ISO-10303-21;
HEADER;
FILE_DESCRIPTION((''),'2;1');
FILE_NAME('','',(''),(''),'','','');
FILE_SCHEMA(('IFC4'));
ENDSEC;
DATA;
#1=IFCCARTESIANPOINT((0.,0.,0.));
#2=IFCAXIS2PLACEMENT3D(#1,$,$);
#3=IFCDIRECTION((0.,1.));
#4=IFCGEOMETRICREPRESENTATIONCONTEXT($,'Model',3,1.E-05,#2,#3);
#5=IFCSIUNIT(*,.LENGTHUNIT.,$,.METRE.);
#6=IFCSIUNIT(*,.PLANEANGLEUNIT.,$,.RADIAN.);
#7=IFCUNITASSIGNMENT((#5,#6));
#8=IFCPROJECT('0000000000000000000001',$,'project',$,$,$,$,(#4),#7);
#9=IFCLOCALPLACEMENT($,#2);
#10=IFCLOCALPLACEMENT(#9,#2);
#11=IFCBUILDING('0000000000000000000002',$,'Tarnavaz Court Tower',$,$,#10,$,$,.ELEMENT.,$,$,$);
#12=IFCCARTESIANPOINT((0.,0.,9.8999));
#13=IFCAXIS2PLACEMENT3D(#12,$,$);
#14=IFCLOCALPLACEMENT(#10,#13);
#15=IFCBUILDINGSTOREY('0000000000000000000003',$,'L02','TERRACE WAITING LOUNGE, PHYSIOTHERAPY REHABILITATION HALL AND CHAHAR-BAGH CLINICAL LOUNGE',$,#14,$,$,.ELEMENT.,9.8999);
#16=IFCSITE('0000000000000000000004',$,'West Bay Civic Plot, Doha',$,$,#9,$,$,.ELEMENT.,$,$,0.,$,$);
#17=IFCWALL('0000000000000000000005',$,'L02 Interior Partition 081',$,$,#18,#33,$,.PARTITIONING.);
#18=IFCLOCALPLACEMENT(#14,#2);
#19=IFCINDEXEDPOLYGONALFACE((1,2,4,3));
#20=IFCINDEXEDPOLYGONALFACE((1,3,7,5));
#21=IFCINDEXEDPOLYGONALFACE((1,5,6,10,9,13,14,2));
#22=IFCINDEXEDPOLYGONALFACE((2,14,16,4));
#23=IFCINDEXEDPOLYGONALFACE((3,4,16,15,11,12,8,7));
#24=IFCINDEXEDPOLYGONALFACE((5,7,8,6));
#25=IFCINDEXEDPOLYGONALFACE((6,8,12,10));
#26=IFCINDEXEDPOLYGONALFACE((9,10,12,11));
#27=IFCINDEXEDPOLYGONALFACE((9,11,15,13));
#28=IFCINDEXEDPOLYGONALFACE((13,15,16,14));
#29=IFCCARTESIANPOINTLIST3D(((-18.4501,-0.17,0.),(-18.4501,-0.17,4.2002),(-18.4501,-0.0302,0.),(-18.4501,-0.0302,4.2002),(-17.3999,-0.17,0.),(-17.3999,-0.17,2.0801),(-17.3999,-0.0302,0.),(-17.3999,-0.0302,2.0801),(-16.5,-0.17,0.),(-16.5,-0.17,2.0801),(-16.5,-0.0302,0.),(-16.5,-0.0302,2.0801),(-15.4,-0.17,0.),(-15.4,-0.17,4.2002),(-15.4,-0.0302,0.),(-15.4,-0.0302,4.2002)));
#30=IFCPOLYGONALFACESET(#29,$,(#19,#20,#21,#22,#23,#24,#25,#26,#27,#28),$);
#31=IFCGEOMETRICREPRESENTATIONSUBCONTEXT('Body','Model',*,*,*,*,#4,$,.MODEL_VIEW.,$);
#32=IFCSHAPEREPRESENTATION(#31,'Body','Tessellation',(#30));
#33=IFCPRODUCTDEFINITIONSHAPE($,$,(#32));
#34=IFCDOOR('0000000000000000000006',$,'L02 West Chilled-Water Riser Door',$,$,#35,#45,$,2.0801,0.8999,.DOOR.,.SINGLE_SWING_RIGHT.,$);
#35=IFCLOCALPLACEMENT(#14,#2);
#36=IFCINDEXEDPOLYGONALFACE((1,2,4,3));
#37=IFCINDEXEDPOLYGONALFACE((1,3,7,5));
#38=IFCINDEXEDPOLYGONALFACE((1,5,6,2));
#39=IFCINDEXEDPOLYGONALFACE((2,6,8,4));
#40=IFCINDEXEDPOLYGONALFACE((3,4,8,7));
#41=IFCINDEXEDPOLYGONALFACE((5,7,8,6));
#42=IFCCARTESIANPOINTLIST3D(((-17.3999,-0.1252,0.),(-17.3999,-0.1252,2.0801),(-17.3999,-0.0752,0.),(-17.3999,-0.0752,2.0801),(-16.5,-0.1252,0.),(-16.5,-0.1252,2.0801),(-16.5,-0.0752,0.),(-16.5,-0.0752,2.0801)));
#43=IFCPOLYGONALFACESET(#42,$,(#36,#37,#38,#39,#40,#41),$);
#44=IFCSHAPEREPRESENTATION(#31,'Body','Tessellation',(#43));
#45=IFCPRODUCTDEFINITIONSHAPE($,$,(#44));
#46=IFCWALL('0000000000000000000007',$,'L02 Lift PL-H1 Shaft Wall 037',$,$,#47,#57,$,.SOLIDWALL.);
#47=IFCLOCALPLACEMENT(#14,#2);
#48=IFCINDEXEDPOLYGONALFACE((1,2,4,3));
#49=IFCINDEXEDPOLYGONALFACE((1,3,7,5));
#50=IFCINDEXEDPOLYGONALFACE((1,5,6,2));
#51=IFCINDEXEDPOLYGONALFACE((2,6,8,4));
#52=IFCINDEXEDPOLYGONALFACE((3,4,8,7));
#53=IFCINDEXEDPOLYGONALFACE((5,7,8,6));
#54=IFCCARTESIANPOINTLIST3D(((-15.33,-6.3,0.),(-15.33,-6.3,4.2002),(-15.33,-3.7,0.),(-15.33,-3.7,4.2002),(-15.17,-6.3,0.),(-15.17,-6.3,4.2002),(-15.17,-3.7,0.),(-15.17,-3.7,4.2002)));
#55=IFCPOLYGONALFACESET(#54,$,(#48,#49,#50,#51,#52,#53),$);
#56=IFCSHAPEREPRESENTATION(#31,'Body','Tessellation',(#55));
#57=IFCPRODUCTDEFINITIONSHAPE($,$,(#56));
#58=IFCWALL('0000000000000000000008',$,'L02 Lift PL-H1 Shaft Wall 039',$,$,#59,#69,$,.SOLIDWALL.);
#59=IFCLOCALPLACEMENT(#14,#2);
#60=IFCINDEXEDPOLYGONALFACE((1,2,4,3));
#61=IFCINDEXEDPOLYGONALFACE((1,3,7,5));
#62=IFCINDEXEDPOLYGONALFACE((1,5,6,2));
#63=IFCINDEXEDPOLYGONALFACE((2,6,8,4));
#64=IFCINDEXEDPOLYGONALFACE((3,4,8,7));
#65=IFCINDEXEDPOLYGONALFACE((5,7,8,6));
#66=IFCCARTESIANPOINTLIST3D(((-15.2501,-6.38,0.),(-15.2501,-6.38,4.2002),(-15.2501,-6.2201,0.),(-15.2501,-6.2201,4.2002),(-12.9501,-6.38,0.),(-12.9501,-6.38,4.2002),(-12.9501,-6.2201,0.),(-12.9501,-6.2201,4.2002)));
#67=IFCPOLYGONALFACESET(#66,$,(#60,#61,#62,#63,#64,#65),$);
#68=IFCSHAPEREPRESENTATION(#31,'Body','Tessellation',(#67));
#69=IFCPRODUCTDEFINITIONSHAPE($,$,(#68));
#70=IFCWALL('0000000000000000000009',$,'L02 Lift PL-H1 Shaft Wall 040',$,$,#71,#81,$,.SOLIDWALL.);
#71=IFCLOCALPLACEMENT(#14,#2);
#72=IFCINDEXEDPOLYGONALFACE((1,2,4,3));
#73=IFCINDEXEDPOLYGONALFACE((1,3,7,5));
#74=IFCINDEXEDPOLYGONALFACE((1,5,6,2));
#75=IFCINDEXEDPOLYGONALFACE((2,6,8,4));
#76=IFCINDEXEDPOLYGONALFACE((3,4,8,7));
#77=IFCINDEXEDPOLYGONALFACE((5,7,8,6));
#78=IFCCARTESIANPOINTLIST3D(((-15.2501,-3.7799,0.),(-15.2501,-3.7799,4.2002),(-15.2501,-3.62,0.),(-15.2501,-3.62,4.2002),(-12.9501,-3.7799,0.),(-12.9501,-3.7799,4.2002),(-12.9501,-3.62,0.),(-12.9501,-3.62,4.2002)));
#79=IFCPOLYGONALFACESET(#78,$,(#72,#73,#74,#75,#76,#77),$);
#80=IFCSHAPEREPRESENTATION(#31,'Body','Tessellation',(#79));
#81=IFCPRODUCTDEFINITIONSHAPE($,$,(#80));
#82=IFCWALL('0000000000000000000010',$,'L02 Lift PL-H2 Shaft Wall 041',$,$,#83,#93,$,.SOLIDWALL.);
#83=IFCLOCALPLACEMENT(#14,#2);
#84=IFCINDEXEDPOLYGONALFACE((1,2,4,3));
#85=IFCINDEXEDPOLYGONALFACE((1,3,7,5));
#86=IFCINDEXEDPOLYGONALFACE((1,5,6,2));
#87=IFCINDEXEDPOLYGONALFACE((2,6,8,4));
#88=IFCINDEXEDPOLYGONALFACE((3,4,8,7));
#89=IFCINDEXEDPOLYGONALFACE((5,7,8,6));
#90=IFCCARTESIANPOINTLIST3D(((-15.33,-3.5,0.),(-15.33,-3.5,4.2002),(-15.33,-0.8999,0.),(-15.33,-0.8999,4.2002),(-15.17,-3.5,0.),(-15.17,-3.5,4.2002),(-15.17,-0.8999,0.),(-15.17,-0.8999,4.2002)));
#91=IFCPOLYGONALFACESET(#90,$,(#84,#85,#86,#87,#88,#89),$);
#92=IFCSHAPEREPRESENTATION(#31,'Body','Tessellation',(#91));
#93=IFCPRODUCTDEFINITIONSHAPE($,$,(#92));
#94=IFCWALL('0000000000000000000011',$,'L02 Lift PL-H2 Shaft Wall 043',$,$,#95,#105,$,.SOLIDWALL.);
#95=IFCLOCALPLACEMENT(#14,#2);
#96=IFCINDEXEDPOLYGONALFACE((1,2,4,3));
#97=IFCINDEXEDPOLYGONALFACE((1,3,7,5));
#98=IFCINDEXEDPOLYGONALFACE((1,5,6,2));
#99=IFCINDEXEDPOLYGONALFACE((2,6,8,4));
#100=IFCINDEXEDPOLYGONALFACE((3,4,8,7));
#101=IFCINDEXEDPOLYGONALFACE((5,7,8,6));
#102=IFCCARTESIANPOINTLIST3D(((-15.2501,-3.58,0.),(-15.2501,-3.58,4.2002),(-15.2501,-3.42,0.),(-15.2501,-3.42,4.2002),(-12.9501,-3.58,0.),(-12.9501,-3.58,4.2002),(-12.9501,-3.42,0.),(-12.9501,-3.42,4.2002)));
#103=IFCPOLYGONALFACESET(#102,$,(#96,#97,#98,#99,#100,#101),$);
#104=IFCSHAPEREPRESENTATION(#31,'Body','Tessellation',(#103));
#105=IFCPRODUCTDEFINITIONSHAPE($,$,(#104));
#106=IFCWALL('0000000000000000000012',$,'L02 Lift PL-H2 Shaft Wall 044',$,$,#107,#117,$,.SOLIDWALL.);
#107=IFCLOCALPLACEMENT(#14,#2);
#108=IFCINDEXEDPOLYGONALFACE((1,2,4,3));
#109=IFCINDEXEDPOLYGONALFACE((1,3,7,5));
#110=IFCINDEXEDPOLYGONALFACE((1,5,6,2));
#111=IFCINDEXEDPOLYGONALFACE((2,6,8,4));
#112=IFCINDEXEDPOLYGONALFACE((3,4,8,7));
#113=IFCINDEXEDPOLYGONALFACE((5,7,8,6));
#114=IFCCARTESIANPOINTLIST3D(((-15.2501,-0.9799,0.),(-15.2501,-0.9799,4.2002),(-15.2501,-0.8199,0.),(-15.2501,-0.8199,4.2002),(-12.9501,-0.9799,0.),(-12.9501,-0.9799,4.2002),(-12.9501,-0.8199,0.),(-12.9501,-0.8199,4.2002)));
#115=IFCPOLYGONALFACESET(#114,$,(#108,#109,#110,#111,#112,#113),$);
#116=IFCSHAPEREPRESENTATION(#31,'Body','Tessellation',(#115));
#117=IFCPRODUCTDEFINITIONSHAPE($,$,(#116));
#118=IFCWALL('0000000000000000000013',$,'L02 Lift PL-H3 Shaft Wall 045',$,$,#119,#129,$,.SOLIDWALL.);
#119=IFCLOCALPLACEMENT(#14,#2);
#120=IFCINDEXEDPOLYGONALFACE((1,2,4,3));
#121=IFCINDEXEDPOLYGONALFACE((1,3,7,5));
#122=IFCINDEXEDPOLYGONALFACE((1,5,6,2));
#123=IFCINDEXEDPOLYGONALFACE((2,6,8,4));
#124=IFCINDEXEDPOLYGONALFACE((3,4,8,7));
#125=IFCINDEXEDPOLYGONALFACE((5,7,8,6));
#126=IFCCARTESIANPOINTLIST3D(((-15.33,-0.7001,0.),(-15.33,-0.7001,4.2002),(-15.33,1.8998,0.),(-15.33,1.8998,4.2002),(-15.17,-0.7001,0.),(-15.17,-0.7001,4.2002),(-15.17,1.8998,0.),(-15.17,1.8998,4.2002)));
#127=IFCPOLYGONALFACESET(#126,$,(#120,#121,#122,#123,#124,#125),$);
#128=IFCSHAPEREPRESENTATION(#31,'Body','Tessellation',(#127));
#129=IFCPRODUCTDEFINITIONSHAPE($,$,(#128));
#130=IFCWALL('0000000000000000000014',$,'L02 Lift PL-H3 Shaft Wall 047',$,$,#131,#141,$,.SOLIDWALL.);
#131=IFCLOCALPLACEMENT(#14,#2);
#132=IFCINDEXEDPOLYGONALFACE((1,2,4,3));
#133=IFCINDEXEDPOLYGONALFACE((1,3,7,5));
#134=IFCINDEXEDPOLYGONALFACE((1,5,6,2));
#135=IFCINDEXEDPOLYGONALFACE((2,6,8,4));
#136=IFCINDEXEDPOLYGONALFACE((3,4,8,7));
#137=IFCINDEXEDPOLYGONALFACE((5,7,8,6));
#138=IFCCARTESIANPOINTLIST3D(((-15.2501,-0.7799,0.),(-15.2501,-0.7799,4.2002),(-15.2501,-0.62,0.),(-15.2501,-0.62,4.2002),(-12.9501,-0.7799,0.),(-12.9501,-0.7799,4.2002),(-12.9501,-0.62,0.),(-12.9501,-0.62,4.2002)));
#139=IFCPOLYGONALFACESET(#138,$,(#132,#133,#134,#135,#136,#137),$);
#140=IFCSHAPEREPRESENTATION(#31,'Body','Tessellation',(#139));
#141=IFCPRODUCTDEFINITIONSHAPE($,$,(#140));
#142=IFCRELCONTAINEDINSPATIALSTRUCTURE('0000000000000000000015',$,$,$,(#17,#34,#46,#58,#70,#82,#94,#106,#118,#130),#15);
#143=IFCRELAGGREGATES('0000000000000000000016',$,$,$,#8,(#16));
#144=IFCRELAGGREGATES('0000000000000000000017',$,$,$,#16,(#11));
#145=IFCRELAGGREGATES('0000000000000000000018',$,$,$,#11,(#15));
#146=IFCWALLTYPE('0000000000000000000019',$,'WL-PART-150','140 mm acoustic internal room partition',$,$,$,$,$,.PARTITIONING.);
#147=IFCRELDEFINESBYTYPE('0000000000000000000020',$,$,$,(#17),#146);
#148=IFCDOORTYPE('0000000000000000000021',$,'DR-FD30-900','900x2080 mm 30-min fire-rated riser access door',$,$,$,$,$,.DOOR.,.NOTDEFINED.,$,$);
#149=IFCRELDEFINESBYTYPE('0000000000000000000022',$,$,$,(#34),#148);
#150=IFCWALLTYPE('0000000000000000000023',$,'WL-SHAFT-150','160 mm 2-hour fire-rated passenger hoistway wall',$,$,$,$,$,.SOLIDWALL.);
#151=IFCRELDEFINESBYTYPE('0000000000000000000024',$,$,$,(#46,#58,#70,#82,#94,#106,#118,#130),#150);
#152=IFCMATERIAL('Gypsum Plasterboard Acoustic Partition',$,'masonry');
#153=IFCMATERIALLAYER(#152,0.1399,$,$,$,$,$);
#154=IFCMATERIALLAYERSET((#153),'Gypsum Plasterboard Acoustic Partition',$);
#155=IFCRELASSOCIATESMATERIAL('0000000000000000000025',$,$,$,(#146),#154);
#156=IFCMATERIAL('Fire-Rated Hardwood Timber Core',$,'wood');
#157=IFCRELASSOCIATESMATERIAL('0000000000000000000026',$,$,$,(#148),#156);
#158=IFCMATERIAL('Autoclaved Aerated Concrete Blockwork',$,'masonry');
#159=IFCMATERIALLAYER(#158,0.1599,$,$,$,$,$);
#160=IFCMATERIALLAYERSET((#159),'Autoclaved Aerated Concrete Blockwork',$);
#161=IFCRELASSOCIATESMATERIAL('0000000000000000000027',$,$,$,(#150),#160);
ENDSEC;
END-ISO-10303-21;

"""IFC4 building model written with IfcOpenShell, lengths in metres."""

from ifc_helpers import new_model, si_unit, direction, frame, frame_2d, origin, place, context, subcontext, project, spatial, rectangle, extrude, material, layer, layer_set, type_object, element, fill, save


model = new_model("IFC4")

# Units and contexts
model_context = context("Model", 3, precision=1e-05, world=origin(), true_north=direction((0.0, 1.0)))
body_context = subcontext(model_context, "Body", "Model", "MODEL_VIEW")
ifc_project = project(units=[si_unit("LENGTHUNIT", "METRE"), si_unit("PLANEANGLEUNIT", "RADIAN")], contexts=[model_context])

# Site, building, storey
site_placement = place(None, origin())
site = spatial("IfcSite", under=ifc_project, at=site_placement, Name="West Bay Civic Plot, Doha", CompositionType="ELEMENT", RefElevation=0.0)
building_placement = place(site_placement, origin())
building = spatial("IfcBuilding", under=site, at=building_placement, Name="Tarnavaz Court Tower", CompositionType="ELEMENT")
storey_placement = place(building_placement, frame((0.0, 0.0, 9.8999)))
storey = spatial("IfcBuildingStorey", under=building, at=storey_placement, Name="L02", Description="TERRACE WAITING LOUNGE, PHYSIOTHERAPY REHABILITATION HALL AND CHAHAR-BAGH CLINICAL LOUNGE", CompositionType="ELEMENT", Elevation=9.8999)

# Shared definitions
ifc_material_1 = material(Name="Autoclaved Aerated Concrete Blockwork", Category="masonry")

# Wall, opening, door
ifc_material_2 = material(Name="Gypsum Plasterboard Acoustic Partition", Category="masonry")
ifc_layer_1 = layer(ifc_material_2, 0.1399)
ifc_layer_set_1 = layer_set([ifc_layer_1], Name="Gypsum Plasterboard Acoustic Partition")
wall_type_1 = type_object("IfcWallType", Name="WL-PART-150", Description="140 mm acoustic internal room partition", PredefinedType="PARTITIONING", material=ifc_layer_set_1)
ifc_material_3 = material(Name="Fire-Rated Hardwood Timber Core", Category="wood")
door_type_1 = type_object("IfcDoorType", Name="DR-FD30-900", Description="900x2080 mm 30-min fire-rated riser access door", OperationType="NOTDEFINED", PredefinedType="DOOR", material=ifc_material_3)
wall_1_placement = place(storey_placement, frame((-18.45, -0.1001, 0.0), z_axis=(0.0, 0.0, 1.0), x_axis=(1.0, 0.0, 0.0)))
wall_1 = element("IfcWall", 1, at=wall_1_placement, inside=storey, type_object=wall_type_1, Name="L02 Interior Partition 081", PredefinedType="PARTITIONING", context=body_context, shape_type="SweptSolid", body=[
    extrude(rectangle(XDim=3.05, YDim=0.1399, at=frame_2d((1.5249, 0.0))), origin(), (0.0, 0.0, 1.0), 4.2002),
])
opening_1_placement = place(wall_1_placement, frame((1.05, 0.0, 0.0)))
opening_1 = element("IfcOpeningElement", 2, at=opening_1_placement, cuts=wall_1, PredefinedType="OPENING", context=body_context, shape_type="SweptSolid", body=[
    extrude(rectangle(XDim=0.8999, YDim=2.0801, at=frame_2d((0.45, 1.04))), frame((0.0, 0.0798, 0.0), z_axis=(0.0, -1.0, 0.0), x_axis=(1.0, 0.0, 0.0)), (0.0, 0.0, 1.0), 0.1599),
])
door_1_placement = place(opening_1_placement, origin())
door_1 = element("IfcDoor", 3, at=door_1_placement, inside=storey, type_object=door_type_1, Name="L02 West Chilled-Water Riser Door", OperationType="SINGLE_SWING_RIGHT", OverallHeight=2.0801, OverallWidth=0.8999, PredefinedType="DOOR", context=body_context, shape_type="SweptSolid", body=[
    extrude(rectangle(XDim=0.8999, YDim=2.0801, at=frame_2d((0.45, 1.04))), frame((0.0, 0.0249, 0.0), z_axis=(0.0, -1.0, 0.0), x_axis=(1.0, 0.0, 0.0)), (0.0, 0.0, 1.0), 0.05),
])
fill(opening_1, door_1)

# Walls
ifc_layer_2 = layer(ifc_material_1, 0.1599)
ifc_layer_set_2 = layer_set([ifc_layer_2], Name="Autoclaved Aerated Concrete Blockwork")
wall_type_2 = type_object("IfcWallType", Name="WL-SHAFT-150", Description="160 mm 2-hour fire-rated passenger hoistway wall", PredefinedType="SOLIDWALL", material=ifc_layer_set_2)
wall_2_placement = place(storey_placement, frame((-15.25, -6.3, 0.0), z_axis=(0.0, 0.0, 1.0), x_axis=(0.0, 1.0, 0.0)))
element("IfcWall", 4, at=wall_2_placement, inside=storey, type_object=wall_type_2, Name="L02 Lift PL-H1 Shaft Wall 037", PredefinedType="SOLIDWALL", context=body_context, shape_type="SweptSolid", body=[
    extrude(rectangle(XDim=2.6001, YDim=0.1599, at=frame_2d((1.3, 0.0))), origin(), (0.0, 0.0, 1.0), 4.2002),
])
for number, where, z_axis, x_axis, name in (
    (5, (-15.25, -6.3, 0.0), (0.0, 0.0, 1.0), (1.0, 0.0, 0.0), "L02 Lift PL-H1 Shaft Wall 039"),
    (6, (-15.25, -3.7, 0.0), (0.0, 0.0, 1.0), (1.0, 0.0, 0.0), "L02 Lift PL-H1 Shaft Wall 040"),
):
    element("IfcWall", number, at=place(storey_placement, frame(where, z_axis=z_axis, x_axis=x_axis)), inside=storey, type_object=wall_type_2, Name=name, PredefinedType="SOLIDWALL", context=body_context, shape_type="SweptSolid", body=[
        extrude(rectangle(XDim=2.3, YDim=0.1599, at=frame_2d((1.1499, 0.0))), origin(), (0.0, 0.0, 1.0), 4.2002),
    ])
wall_3_placement = place(storey_placement, frame((-15.25, -3.5, 0.0), z_axis=(0.0, 0.0, 1.0), x_axis=(0.0, 1.0, 0.0)))
element("IfcWall", 7, at=wall_3_placement, inside=storey, type_object=wall_type_2, Name="L02 Lift PL-H2 Shaft Wall 041", PredefinedType="SOLIDWALL", context=body_context, shape_type="SweptSolid", body=[
    extrude(rectangle(XDim=2.6001, YDim=0.1599, at=frame_2d((1.3, 0.0))), origin(), (0.0, 0.0, 1.0), 4.2002),
])
for number, where, z_axis, x_axis, name in (
    (8, (-15.25, -3.5, 0.0), (0.0, 0.0, 1.0), (1.0, 0.0, 0.0), "L02 Lift PL-H2 Shaft Wall 043"),
    (9, (-15.25, -0.8999, 0.0), (0.0, 0.0, 1.0), (1.0, 0.0, 0.0), "L02 Lift PL-H2 Shaft Wall 044"),
):
    element("IfcWall", number, at=place(storey_placement, frame(where, z_axis=z_axis, x_axis=x_axis)), inside=storey, type_object=wall_type_2, Name=name, PredefinedType="SOLIDWALL", context=body_context, shape_type="SweptSolid", body=[
        extrude(rectangle(XDim=2.3, YDim=0.1599, at=frame_2d((1.1499, 0.0))), origin(), (0.0, 0.0, 1.0), 4.2002),
    ])
wall_4_placement = place(storey_placement, frame((-15.25, -0.7, 0.0), z_axis=(0.0, 0.0, 1.0), x_axis=(0.0, 1.0, 0.0)))
element("IfcWall", 10, at=wall_4_placement, inside=storey, type_object=wall_type_2, Name="L02 Lift PL-H3 Shaft Wall 045", PredefinedType="SOLIDWALL", context=body_context, shape_type="SweptSolid", body=[
    extrude(rectangle(XDim=2.5999, YDim=0.1599, at=frame_2d((1.2998, 0.0))), origin(), (0.0, 0.0, 1.0), 4.2002),
])
wall_5_placement = place(storey_placement, frame((-15.25, -0.7, 0.0), z_axis=(0.0, 0.0, 1.0), x_axis=(1.0, 0.0, 0.0)))
element("IfcWall", 11, at=wall_5_placement, inside=storey, type_object=wall_type_2, Name="L02 Lift PL-H3 Shaft Wall 047", PredefinedType="SOLIDWALL", context=body_context, shape_type="SweptSolid", body=[
    extrude(rectangle(XDim=2.3, YDim=0.1599, at=frame_2d((1.1499, 0.0))), origin(), (0.0, 0.0, 1.0), 4.2002),
])

save(model, "model.ifc")
